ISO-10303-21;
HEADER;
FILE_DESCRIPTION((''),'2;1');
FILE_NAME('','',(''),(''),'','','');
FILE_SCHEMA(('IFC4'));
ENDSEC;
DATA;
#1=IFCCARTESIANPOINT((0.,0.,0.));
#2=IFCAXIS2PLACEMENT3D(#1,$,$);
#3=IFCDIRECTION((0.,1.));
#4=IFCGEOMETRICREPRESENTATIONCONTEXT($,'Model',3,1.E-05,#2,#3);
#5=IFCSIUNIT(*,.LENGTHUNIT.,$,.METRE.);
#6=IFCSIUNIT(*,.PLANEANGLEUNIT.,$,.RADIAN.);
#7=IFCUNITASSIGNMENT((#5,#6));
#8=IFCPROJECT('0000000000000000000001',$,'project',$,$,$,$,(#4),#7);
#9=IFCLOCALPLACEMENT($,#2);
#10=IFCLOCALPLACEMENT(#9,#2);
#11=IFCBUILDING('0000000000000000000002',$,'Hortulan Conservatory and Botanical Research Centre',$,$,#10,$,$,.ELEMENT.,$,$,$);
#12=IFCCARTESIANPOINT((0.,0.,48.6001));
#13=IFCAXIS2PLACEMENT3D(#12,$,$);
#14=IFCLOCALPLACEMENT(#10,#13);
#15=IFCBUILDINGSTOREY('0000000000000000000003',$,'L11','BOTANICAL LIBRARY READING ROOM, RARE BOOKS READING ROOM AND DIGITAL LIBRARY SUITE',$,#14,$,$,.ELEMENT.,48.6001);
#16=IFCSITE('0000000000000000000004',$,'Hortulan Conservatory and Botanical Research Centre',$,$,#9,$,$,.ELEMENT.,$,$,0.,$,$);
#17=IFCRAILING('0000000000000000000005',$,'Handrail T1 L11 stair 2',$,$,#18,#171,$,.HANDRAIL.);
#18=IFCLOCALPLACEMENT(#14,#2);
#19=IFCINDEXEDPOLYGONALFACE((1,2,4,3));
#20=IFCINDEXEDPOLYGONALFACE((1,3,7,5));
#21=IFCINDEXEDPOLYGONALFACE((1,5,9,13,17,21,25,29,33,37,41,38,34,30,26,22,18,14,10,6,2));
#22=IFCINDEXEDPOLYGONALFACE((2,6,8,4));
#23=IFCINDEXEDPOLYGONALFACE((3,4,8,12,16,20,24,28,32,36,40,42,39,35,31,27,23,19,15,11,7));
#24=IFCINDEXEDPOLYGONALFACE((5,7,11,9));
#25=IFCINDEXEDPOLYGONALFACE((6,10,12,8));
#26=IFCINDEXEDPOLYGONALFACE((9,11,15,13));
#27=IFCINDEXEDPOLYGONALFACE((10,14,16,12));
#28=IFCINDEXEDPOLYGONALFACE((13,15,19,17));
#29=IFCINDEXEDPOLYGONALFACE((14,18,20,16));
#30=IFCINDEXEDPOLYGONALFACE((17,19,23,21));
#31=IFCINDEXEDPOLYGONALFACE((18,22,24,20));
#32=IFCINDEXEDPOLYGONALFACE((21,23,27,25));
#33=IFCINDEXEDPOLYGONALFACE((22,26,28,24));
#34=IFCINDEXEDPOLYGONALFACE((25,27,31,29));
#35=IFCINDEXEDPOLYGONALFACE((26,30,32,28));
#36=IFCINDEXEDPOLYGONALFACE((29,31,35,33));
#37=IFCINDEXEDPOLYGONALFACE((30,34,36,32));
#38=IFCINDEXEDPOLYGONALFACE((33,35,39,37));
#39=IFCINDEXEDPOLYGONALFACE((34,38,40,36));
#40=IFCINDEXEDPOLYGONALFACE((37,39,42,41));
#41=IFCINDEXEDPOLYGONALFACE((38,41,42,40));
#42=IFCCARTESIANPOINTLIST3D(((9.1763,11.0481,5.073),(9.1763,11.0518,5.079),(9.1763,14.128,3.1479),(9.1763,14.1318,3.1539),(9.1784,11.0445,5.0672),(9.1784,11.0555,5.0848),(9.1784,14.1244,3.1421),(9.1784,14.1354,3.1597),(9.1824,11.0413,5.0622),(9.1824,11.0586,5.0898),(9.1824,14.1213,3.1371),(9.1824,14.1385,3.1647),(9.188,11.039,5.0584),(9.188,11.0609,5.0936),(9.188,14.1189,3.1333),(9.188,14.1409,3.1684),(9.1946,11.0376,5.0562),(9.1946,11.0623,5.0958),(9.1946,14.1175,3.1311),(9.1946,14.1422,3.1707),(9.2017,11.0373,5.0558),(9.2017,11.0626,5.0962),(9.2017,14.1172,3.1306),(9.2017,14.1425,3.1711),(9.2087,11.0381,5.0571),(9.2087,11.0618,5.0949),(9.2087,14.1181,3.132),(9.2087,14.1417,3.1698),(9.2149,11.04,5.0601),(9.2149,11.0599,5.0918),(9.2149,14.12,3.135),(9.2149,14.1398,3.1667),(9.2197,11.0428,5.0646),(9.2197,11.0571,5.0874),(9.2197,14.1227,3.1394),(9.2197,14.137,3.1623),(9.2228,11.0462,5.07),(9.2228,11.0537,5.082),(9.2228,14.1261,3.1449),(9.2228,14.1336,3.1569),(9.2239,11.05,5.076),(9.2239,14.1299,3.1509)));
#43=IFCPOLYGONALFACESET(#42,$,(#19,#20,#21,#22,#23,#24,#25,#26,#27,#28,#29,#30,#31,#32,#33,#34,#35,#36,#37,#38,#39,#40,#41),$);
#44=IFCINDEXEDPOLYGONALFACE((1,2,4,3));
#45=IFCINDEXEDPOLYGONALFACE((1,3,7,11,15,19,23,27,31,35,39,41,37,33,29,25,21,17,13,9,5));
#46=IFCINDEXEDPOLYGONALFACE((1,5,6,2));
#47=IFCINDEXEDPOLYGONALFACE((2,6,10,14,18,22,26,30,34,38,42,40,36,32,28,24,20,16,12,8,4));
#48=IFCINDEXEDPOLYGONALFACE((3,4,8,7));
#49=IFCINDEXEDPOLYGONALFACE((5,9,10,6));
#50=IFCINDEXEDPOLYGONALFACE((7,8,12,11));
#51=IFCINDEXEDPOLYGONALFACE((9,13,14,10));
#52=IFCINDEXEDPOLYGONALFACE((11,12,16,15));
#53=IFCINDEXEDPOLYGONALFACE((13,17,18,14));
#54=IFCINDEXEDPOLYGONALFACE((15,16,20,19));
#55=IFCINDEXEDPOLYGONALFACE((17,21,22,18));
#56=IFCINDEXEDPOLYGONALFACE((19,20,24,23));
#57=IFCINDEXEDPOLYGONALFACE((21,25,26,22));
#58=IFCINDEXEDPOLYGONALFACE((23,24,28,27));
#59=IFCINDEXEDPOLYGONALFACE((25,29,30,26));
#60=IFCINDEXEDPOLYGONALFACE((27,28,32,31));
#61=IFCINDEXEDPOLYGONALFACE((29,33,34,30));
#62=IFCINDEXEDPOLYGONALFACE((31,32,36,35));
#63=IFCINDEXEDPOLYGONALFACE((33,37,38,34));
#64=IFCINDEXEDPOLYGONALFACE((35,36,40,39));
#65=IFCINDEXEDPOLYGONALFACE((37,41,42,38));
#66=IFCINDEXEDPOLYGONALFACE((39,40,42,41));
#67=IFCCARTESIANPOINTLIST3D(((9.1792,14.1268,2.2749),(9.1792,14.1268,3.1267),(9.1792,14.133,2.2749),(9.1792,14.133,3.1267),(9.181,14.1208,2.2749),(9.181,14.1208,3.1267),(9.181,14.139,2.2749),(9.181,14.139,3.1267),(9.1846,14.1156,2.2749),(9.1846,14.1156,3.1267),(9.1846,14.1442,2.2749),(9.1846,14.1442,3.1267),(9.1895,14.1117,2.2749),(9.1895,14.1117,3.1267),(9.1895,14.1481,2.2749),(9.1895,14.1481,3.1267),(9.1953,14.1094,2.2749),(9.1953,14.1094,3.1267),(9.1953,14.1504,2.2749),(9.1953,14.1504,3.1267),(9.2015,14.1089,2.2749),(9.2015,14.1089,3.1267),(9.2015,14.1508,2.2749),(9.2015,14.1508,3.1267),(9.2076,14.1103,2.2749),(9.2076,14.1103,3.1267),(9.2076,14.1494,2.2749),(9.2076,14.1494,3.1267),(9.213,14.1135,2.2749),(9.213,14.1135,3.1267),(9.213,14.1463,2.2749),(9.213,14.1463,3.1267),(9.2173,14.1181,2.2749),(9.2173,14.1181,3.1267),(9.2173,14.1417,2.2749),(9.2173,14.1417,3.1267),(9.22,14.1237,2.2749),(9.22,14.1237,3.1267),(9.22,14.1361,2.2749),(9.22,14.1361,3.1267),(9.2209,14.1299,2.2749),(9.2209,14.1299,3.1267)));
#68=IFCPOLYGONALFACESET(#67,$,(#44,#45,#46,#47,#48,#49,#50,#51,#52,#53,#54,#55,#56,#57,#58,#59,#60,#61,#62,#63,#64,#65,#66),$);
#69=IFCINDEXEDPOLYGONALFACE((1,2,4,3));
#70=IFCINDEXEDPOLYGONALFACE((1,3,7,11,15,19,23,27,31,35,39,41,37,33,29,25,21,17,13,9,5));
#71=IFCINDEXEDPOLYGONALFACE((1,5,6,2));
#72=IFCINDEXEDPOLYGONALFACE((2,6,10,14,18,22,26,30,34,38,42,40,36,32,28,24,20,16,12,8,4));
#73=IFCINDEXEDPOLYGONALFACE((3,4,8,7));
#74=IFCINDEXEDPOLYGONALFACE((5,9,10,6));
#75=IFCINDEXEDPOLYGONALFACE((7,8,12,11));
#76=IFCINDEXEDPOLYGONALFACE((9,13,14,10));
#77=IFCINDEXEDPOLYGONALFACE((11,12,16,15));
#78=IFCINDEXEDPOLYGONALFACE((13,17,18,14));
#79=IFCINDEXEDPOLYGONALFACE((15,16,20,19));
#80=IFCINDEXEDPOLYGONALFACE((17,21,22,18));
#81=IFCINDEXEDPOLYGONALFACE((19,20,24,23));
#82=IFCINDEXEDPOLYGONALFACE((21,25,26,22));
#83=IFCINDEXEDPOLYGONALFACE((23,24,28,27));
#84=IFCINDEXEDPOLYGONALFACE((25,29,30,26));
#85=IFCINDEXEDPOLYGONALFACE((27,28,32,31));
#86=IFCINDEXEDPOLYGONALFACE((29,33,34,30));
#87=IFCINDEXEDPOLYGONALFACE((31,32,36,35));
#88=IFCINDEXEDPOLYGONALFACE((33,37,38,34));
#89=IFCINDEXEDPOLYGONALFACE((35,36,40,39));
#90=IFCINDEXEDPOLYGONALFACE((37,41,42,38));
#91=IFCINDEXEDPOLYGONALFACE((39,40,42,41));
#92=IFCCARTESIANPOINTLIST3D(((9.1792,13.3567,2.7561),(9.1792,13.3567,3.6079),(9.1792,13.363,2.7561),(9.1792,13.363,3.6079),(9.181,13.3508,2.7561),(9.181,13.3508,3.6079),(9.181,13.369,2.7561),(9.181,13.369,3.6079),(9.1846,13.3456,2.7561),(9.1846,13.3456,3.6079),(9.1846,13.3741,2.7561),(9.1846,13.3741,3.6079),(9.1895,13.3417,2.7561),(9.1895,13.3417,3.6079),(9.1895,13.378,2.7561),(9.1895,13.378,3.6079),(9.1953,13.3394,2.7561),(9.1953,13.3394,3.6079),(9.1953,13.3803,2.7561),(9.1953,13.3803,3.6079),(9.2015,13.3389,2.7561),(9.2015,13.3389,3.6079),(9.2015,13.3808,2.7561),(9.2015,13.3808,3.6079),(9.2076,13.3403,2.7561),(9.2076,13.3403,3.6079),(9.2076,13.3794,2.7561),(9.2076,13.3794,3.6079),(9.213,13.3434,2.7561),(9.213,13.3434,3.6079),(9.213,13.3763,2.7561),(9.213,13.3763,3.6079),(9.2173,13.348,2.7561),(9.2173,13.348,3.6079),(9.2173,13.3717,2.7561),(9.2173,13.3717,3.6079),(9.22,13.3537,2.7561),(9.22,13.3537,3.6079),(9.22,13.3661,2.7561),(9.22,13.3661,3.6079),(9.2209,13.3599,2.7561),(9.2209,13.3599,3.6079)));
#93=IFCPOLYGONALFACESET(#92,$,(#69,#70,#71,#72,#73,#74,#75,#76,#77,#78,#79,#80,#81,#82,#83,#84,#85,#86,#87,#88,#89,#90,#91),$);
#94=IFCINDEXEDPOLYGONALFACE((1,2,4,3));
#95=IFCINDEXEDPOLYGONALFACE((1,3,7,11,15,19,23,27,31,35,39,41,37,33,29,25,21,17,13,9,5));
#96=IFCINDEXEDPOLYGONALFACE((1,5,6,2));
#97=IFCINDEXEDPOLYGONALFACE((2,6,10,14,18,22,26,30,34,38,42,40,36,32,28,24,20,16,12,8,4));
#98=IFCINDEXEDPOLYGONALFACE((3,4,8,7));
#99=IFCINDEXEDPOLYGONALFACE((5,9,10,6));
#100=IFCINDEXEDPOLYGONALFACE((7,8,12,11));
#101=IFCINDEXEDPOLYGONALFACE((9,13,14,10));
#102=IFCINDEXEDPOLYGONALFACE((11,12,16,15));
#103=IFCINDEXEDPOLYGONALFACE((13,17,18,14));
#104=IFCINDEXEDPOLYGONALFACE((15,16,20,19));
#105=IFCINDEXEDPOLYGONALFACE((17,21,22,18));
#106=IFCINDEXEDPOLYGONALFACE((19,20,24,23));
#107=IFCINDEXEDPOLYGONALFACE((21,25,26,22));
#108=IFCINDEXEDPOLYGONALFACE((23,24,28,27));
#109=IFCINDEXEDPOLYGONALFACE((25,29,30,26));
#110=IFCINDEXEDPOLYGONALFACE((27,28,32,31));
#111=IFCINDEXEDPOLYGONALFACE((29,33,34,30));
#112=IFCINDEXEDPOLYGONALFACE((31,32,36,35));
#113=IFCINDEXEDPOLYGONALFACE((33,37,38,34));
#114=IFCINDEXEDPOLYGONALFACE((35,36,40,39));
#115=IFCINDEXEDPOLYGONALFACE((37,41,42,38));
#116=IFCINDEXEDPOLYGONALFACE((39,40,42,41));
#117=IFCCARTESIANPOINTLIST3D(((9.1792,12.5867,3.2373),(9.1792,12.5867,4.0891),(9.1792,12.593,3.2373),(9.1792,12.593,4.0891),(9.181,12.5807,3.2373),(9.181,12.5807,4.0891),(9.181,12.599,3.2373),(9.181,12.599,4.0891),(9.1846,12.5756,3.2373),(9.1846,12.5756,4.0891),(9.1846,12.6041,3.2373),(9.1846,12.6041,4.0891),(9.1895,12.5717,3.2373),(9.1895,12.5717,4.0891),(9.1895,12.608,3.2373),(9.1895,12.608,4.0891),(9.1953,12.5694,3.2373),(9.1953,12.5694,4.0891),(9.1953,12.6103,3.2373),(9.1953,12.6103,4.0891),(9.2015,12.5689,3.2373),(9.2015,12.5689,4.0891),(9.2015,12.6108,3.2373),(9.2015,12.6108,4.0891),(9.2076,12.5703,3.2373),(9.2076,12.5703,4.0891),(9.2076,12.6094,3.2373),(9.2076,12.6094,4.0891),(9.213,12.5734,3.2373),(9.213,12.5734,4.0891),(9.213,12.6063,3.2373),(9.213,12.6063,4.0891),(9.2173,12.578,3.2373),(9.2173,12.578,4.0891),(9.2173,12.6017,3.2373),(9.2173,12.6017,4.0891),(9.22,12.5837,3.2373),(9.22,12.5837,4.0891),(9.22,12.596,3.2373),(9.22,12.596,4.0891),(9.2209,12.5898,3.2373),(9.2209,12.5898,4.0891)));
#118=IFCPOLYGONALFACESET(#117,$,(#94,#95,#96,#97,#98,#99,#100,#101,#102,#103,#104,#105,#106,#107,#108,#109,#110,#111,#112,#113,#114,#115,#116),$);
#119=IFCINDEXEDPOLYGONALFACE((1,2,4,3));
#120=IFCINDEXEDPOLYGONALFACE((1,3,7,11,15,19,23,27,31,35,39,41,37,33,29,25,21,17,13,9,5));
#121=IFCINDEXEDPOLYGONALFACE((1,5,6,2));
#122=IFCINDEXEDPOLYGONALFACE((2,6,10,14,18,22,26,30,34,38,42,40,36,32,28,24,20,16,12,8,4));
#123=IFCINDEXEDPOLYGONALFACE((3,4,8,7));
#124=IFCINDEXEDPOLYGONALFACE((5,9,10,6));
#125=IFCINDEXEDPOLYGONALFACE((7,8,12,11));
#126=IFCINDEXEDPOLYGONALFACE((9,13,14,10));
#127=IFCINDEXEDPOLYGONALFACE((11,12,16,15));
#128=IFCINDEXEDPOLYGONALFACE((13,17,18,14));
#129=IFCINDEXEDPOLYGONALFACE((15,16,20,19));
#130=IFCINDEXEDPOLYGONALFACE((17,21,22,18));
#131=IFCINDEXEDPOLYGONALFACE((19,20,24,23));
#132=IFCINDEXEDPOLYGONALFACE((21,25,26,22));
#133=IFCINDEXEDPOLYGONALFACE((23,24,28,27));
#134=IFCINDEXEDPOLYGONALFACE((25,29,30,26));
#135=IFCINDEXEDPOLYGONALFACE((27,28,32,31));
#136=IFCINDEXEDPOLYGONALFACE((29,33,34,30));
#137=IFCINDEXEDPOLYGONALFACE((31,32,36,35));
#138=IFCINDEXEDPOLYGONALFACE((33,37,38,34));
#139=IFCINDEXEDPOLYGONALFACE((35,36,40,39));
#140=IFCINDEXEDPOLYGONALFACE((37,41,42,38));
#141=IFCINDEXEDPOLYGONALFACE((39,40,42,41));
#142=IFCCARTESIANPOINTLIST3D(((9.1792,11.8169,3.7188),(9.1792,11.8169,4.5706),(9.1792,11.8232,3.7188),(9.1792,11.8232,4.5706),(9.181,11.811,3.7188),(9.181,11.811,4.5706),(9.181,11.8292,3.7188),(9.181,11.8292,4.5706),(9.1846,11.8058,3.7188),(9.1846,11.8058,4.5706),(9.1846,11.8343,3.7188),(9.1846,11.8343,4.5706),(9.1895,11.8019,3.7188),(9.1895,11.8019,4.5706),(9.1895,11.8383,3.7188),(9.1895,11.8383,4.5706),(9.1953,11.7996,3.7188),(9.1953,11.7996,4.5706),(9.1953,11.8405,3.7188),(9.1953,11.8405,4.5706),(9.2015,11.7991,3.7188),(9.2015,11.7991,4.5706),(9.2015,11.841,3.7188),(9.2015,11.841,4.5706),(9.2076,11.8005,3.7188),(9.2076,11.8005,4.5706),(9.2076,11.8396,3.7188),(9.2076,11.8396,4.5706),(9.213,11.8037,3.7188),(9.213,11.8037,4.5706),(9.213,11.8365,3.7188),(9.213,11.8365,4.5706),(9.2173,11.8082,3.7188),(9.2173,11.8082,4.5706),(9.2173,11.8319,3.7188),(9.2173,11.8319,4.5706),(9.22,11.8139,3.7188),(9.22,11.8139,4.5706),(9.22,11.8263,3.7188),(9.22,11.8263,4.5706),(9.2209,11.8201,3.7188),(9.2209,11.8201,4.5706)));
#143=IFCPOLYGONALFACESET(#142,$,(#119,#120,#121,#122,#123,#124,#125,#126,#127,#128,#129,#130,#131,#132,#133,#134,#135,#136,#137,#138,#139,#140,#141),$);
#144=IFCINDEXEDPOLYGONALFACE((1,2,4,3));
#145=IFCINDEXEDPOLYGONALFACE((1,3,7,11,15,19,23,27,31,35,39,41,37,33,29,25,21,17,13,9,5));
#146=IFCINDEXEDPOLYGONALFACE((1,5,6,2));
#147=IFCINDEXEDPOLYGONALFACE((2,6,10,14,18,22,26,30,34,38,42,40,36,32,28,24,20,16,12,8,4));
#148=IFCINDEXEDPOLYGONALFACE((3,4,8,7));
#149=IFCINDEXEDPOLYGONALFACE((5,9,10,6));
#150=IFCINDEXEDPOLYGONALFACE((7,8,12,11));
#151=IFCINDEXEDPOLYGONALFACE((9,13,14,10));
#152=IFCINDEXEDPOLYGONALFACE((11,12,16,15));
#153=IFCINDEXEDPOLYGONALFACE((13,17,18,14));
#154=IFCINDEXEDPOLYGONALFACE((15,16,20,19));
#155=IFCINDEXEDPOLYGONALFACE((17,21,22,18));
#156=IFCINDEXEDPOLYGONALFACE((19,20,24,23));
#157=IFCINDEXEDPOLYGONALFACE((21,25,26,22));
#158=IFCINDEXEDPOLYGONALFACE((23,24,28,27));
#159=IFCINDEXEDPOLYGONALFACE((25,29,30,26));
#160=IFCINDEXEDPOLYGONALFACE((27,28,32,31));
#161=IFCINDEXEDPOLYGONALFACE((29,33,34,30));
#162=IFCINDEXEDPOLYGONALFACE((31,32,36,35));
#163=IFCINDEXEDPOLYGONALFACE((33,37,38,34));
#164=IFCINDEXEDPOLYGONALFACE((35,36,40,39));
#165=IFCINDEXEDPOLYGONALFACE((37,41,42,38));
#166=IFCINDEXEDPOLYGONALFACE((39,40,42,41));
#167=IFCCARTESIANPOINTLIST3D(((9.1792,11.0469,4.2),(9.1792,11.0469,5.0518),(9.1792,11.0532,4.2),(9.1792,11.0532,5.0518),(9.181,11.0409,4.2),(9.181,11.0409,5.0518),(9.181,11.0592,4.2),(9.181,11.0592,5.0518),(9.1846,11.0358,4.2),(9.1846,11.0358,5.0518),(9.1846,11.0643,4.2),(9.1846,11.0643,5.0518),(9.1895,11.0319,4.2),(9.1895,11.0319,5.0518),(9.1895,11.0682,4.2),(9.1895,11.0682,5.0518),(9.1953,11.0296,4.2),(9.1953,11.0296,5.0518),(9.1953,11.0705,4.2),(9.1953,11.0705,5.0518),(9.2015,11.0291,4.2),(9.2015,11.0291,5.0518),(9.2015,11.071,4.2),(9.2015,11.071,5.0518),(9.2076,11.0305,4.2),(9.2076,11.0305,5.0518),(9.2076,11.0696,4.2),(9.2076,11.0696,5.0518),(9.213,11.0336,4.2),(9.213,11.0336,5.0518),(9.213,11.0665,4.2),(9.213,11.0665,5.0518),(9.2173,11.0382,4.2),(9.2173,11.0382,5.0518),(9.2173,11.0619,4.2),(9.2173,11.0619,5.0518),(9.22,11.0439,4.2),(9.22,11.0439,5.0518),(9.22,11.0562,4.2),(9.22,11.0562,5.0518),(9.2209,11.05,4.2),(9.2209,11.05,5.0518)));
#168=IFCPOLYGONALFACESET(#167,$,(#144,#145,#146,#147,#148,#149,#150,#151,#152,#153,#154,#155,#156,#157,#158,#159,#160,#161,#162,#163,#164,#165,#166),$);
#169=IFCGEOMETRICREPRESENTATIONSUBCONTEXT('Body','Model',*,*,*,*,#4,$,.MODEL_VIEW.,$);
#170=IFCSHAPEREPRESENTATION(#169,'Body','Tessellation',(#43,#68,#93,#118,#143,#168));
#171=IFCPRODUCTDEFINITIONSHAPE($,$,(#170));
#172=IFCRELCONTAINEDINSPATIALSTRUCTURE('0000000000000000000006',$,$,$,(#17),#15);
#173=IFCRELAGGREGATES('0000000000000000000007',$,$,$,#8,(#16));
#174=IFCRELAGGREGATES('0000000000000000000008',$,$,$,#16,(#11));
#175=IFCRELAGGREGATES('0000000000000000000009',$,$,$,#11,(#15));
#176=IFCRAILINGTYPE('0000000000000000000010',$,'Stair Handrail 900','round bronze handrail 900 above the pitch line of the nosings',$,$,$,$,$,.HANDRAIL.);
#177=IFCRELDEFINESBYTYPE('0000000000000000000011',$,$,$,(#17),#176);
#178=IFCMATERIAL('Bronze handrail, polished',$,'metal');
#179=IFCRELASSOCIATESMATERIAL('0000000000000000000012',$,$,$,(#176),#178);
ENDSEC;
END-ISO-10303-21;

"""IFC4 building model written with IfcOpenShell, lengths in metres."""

from ifc_helpers import new_model, si_unit, direction, frame, origin, origin_2d, place, context, subcontext, project, spatial, circle, extrude, material, type_object, element, save


model = new_model("IFC4")

# Units and contexts
model_context = context("Model", 3, precision=1e-05, world=origin(), true_north=direction((0.0, 1.0)))
body_context = subcontext(model_context, "Body", "Model", "MODEL_VIEW")
ifc_project = project(units=[si_unit("LENGTHUNIT", "METRE"), si_unit("PLANEANGLEUNIT", "RADIAN")], contexts=[model_context])

# Site, building, storey
site_placement = place(None, origin())
site = spatial("IfcSite", under=ifc_project, at=site_placement, Name="Hortulan Conservatory and Botanical Research Centre", CompositionType="ELEMENT", RefElevation=0.0)
building_placement = place(site_placement, origin())
building = spatial("IfcBuilding", under=site, at=building_placement, Name="Hortulan Conservatory and Botanical Research Centre", CompositionType="ELEMENT")
storey_placement = place(building_placement, frame((0.0, 0.0, 48.6001)))
storey = spatial("IfcBuildingStorey", under=building, at=storey_placement, Name="L11", Description="BOTANICAL LIBRARY READING ROOM, RARE BOOKS READING ROOM AND DIGITAL LIBRARY SUITE", CompositionType="ELEMENT", Elevation=48.6001)

# Railing
ifc_material_1 = material(Name="Bronze handrail, polished", Category="metal")
railing_type_1 = type_object("IfcRailingType", Name="Stair Handrail 900", Description="round bronze handrail 900 above the pitch line of the nosings", PredefinedType="HANDRAIL", material=ifc_material_1)
railing_1_placement = place(storey_placement, frame((9.2, 14.1299, 2.2749)))
element("IfcRailing", 1, at=railing_1_placement, inside=storey, type_object=railing_type_1, Name="Handrail T1 L11 stair 2", PredefinedType="HANDRAIL", context=body_context, shape_type="SweptSolid", body=[
    extrude(circle(Radius=0.0239, at=origin_2d()), frame((0.0, 0.0, 0.876), z_axis=(0.0, -0.847979, 0.530029), x_axis=(1.0, 0.0, 0.0)), (0.0, 0.0, 1.0), 3.6321),
    extrude(circle(Radius=0.021, at=origin_2d()), origin(), (0.0, 0.0, 1.0), 0.8518),
    extrude(circle(Radius=0.021, at=origin_2d()), frame((0.0, -0.77, 0.4812)), (0.0, 0.0, 1.0), 0.8518),
    extrude(circle(Radius=0.021, at=origin_2d()), frame((0.0, -1.54, 0.9624)), (0.0, 0.0, 1.0), 0.8518),
    extrude(circle(Radius=0.021, at=origin_2d()), frame((0.0, -2.3098, 1.4438)), (0.0, 0.0, 1.0), 0.8518),
    extrude(circle(Radius=0.021, at=origin_2d()), frame((0.0, -3.0798, 1.925)), (0.0, 0.0, 1.0), 0.8518),
])

save(model, "model.ifc")
